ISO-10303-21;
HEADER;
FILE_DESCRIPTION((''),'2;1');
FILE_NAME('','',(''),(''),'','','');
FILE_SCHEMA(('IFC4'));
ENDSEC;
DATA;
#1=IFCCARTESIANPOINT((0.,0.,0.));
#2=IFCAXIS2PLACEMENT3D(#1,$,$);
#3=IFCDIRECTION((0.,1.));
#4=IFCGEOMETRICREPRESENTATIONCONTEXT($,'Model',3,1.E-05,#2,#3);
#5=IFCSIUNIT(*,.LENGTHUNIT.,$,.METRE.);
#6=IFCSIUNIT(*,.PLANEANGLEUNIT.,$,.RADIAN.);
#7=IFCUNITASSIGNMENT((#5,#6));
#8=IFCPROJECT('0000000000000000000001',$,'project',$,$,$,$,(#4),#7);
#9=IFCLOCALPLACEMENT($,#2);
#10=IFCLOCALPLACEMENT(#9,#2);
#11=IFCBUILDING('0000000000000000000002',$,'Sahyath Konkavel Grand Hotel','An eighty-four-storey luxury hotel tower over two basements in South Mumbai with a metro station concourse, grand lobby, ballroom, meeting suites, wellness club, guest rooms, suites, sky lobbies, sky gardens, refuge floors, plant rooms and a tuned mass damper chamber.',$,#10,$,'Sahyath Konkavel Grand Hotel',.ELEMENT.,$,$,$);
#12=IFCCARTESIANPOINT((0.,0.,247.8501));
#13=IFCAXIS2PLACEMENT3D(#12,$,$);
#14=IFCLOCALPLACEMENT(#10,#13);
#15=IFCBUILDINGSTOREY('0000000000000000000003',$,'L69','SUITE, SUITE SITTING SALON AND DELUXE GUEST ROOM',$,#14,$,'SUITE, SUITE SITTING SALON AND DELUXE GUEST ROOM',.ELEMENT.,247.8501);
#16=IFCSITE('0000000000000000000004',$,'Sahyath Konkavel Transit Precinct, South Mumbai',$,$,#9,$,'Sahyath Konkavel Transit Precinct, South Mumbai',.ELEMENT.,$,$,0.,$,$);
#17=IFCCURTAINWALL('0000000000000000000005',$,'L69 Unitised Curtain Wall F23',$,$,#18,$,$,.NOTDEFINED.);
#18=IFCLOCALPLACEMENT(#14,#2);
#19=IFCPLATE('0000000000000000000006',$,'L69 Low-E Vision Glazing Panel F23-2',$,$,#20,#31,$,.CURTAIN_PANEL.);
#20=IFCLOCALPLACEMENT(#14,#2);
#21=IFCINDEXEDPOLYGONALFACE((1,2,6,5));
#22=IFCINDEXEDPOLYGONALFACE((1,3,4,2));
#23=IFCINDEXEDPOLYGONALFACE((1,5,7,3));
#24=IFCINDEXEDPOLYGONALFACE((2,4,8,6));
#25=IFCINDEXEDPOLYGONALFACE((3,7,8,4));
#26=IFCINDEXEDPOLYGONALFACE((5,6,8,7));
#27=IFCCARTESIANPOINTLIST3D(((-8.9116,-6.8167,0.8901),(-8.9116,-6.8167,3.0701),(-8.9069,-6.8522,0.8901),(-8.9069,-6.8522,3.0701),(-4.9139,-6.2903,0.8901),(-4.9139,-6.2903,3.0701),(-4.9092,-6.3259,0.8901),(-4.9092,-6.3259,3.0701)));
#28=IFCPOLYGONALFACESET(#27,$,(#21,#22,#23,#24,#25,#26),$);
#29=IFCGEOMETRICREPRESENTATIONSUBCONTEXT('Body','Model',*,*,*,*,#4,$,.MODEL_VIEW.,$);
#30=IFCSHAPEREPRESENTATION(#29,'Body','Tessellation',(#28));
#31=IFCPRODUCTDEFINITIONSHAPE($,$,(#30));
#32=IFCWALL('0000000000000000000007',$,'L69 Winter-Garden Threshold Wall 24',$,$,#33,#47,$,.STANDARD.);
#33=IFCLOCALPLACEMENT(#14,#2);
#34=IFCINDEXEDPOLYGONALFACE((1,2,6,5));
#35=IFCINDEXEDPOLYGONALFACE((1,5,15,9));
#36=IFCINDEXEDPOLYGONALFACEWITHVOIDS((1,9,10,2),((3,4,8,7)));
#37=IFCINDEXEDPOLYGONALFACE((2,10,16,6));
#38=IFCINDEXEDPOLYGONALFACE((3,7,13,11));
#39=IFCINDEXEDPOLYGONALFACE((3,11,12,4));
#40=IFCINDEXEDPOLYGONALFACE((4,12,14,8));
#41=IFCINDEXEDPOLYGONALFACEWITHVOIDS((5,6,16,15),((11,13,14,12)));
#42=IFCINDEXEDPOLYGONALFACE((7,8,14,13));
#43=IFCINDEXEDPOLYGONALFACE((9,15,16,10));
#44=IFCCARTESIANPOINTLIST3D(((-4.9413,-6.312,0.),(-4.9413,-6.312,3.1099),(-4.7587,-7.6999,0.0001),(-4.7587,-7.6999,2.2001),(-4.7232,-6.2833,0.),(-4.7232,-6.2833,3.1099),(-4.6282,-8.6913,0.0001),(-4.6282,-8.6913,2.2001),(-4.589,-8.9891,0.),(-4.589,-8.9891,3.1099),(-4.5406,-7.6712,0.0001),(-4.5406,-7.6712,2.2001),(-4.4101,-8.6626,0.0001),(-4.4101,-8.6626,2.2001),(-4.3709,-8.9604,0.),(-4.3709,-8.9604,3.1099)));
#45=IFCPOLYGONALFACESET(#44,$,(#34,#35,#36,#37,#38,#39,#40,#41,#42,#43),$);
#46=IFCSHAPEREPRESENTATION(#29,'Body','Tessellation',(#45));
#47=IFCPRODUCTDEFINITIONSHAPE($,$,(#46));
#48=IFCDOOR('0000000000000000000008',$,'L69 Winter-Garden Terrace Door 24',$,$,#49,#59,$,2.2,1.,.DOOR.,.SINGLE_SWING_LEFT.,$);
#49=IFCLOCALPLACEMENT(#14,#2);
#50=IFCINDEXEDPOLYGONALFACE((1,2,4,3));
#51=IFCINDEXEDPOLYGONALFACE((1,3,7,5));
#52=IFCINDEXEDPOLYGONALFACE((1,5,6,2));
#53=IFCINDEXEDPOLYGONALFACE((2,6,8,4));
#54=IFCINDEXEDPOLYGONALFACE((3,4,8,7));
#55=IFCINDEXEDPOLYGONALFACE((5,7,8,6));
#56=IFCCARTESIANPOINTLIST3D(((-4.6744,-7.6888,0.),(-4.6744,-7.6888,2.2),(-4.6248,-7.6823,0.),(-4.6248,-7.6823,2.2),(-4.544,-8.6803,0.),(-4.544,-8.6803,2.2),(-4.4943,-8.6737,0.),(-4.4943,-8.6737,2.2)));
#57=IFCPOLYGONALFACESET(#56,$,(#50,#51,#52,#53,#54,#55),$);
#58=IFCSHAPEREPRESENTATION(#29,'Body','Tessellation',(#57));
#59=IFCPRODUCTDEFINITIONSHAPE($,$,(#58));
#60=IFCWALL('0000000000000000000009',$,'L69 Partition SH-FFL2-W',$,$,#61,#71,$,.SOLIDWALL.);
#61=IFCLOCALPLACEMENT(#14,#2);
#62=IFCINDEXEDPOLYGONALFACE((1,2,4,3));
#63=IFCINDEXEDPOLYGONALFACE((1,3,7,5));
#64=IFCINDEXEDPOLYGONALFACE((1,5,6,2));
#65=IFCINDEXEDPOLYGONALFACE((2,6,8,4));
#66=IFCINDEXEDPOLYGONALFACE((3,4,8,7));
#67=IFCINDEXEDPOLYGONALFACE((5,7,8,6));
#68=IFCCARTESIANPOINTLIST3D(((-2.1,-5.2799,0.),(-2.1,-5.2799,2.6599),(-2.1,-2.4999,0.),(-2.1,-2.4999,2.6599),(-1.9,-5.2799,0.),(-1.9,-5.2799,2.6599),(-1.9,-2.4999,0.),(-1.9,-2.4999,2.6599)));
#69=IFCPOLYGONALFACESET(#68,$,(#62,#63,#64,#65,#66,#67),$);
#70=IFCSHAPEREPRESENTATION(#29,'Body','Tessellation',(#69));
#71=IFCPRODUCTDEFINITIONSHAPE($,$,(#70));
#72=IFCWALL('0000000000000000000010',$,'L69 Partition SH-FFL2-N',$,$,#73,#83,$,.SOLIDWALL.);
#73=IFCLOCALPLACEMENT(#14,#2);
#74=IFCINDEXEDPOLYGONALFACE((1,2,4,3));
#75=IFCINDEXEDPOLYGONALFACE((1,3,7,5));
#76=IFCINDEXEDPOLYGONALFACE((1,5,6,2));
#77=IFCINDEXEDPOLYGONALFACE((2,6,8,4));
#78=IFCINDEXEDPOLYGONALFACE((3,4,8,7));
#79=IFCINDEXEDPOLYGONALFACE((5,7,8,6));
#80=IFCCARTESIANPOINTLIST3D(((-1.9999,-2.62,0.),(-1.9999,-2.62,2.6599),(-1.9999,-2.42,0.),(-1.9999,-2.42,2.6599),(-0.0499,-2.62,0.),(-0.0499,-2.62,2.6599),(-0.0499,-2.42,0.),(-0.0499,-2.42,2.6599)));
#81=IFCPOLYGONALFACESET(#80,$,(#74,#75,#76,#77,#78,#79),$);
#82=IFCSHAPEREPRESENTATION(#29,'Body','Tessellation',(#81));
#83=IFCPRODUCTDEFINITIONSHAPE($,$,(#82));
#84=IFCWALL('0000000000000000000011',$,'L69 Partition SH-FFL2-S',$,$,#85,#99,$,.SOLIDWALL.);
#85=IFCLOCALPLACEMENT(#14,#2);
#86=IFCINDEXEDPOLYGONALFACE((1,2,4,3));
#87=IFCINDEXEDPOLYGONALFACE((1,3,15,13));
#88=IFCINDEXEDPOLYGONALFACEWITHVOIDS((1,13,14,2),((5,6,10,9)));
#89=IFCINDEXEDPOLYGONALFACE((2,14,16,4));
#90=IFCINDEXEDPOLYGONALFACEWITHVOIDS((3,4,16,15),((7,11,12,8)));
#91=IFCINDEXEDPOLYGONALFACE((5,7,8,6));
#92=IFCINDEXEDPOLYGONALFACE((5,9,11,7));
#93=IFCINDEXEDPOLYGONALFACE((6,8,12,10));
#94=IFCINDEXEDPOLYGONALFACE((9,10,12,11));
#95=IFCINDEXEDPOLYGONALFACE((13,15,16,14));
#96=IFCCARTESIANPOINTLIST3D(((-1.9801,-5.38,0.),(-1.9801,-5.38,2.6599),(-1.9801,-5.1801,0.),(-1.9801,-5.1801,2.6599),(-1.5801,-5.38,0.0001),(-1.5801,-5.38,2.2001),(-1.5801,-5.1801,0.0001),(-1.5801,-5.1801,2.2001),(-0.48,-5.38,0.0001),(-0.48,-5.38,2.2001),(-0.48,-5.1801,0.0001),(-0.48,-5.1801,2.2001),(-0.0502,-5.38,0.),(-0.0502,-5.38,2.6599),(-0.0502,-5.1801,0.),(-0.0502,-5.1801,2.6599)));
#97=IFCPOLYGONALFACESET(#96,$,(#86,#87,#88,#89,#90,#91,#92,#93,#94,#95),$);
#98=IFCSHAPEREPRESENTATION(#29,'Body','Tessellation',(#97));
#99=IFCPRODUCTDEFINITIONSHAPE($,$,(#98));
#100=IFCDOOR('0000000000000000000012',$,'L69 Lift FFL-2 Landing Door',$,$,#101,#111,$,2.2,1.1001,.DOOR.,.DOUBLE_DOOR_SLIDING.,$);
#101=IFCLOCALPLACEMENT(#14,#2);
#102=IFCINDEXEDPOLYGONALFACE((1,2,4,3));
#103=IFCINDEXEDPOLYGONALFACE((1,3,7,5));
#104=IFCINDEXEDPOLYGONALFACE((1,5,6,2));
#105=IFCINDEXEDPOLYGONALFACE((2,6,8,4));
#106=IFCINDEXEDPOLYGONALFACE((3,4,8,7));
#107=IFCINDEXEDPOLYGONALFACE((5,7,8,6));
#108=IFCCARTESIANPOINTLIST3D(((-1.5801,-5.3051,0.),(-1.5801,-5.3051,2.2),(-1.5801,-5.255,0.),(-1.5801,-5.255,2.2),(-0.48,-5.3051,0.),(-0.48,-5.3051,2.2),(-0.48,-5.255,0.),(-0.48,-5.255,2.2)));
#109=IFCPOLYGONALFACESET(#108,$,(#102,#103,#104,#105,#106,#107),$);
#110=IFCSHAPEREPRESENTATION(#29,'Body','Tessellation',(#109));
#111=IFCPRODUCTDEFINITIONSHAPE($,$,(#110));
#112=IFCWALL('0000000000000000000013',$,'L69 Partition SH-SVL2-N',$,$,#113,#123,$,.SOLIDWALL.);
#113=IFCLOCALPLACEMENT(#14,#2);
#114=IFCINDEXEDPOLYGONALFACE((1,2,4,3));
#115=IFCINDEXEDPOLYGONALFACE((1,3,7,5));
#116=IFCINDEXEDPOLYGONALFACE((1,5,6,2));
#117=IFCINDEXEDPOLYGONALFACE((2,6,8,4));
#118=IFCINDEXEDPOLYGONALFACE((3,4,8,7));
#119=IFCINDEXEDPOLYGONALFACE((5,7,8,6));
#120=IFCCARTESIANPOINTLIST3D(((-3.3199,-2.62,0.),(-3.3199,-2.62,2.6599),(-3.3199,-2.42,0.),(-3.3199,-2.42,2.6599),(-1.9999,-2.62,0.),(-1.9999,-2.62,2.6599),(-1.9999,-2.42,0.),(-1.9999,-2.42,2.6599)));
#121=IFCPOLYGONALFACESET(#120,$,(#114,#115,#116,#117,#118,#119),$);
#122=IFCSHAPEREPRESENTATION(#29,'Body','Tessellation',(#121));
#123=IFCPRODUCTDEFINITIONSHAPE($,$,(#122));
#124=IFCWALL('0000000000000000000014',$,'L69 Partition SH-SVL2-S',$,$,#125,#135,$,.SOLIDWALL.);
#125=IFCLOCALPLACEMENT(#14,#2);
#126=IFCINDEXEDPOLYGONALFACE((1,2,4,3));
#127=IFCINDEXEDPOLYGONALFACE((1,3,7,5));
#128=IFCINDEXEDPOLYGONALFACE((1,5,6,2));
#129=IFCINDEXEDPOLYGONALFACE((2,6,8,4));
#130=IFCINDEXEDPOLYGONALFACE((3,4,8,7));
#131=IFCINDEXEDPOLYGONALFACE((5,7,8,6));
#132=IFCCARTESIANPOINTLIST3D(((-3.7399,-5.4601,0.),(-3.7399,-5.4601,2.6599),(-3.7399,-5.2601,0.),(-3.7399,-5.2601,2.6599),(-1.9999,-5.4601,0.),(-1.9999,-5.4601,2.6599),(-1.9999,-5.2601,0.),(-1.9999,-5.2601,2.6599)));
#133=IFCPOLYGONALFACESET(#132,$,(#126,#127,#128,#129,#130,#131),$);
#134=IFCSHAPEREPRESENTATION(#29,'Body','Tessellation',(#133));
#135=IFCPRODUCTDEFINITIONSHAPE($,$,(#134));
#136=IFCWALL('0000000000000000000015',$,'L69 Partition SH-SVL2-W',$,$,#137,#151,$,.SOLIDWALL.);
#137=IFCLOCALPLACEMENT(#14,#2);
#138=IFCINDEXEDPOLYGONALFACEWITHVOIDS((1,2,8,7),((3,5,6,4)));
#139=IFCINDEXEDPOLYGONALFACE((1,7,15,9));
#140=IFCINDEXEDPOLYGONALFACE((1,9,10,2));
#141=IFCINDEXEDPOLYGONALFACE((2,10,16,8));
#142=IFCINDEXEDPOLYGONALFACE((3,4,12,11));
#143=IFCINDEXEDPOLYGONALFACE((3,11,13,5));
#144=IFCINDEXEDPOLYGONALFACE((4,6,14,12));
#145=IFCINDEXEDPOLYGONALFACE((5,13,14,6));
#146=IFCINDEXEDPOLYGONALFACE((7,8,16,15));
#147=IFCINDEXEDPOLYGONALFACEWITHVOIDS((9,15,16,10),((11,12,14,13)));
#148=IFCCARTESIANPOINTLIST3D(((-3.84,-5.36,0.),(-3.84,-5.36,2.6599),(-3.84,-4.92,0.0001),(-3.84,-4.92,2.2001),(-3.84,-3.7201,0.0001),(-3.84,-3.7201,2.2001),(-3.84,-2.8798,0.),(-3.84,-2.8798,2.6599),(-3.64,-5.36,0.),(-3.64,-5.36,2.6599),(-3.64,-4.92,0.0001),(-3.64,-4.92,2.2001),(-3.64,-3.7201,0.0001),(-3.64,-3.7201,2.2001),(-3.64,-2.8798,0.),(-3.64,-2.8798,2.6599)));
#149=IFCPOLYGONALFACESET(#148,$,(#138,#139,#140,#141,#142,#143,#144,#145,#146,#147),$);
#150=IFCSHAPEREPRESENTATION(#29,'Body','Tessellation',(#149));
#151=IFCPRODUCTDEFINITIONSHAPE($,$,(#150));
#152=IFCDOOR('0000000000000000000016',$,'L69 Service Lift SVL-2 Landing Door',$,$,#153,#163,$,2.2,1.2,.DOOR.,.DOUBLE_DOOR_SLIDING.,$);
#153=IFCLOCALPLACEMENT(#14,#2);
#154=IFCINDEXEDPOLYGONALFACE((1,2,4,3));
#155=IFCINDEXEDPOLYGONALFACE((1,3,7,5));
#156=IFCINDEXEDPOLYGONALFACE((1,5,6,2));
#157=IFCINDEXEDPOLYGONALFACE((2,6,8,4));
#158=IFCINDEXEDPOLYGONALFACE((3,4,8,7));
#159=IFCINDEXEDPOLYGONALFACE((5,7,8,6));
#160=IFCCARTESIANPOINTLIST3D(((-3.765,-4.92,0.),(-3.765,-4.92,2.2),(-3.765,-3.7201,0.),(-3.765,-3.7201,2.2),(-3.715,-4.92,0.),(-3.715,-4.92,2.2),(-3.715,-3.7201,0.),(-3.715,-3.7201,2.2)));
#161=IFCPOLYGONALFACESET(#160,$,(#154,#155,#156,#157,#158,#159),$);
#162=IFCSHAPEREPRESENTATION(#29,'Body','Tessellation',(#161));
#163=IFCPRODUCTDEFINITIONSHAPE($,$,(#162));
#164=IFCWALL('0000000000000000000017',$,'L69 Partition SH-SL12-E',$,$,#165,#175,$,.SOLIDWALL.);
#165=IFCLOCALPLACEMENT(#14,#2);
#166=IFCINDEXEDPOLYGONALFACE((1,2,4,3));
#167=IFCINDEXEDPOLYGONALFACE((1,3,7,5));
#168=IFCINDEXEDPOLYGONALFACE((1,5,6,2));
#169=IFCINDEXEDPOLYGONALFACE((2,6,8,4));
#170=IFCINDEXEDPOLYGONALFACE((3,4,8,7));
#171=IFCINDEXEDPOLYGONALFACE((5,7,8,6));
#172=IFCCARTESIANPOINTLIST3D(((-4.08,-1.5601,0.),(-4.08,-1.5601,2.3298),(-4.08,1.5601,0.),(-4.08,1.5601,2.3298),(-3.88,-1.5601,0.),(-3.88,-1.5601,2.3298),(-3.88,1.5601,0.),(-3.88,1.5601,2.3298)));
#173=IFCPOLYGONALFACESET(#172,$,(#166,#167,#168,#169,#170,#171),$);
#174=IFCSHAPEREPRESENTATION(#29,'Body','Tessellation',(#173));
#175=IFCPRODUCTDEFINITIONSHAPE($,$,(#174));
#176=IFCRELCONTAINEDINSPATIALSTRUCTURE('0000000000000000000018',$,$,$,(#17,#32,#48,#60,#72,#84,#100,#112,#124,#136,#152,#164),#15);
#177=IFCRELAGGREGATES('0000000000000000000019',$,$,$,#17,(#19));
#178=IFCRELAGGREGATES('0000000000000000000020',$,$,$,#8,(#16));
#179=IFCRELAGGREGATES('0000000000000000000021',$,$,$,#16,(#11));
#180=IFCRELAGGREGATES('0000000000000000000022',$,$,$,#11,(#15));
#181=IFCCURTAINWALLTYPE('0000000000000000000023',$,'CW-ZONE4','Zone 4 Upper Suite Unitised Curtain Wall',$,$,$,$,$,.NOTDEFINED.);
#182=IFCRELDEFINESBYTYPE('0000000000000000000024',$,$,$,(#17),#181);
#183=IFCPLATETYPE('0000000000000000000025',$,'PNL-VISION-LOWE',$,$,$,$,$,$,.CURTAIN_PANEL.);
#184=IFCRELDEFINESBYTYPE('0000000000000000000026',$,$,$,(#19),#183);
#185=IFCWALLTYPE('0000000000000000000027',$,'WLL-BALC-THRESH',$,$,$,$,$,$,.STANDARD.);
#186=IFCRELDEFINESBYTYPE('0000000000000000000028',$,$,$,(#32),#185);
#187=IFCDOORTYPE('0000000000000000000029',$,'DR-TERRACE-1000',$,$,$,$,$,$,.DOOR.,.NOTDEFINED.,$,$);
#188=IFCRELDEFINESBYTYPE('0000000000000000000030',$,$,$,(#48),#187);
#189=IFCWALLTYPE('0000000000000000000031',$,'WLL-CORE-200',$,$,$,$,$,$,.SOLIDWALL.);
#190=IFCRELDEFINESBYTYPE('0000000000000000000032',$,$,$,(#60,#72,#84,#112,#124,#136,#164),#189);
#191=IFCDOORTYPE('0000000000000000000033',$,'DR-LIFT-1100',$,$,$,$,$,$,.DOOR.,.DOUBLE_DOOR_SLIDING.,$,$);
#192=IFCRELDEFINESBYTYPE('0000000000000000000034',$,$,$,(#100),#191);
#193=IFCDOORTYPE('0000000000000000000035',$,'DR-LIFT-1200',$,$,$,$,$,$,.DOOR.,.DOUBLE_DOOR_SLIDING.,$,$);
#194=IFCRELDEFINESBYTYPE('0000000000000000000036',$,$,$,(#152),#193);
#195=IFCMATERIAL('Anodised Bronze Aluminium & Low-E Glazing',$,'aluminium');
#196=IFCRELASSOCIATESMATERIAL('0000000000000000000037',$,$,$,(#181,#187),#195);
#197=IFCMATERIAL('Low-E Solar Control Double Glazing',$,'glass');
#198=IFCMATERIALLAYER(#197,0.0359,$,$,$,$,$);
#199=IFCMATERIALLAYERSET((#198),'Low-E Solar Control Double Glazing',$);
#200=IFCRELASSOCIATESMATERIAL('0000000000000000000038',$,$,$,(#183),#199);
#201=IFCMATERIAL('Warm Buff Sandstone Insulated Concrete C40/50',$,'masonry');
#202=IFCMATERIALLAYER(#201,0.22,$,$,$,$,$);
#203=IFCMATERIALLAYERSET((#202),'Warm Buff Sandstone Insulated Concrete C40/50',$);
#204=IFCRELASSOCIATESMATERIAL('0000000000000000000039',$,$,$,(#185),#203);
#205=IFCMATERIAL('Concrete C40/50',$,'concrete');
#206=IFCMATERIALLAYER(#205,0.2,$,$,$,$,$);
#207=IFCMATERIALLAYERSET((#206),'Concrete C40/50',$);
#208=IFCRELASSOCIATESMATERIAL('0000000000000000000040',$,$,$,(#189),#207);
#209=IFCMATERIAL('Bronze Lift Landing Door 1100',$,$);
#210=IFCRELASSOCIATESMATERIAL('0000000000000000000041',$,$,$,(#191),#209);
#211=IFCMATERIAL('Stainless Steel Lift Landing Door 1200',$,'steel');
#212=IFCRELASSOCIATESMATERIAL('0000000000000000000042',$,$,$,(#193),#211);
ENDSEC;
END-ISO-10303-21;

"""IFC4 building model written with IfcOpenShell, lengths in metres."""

from ifc_helpers import new_model, si_unit, direction, frame, frame_2d, origin, origin_2d, place, context, subcontext, project, spatial, rectangle, extrude, source, transform, mapped, material, layer, layer_set, type_object, element, fill, aggregate, save


model = new_model("IFC4")

# Units and contexts
model_context = context("Model", 3, precision=1e-05, world=origin(), true_north=direction((0.0, 1.0)))
body_context = subcontext(model_context, "Body", "Model", "MODEL_VIEW")
ifc_project = project(units=[si_unit("LENGTHUNIT", "METRE"), si_unit("PLANEANGLEUNIT", "RADIAN")], contexts=[model_context])

# Site, building, storey
site_placement = place(None, origin())
site = spatial("IfcSite", under=ifc_project, at=site_placement, Name="Sahyath Konkavel Transit Precinct, South Mumbai", LongName="Sahyath Konkavel Transit Precinct, South Mumbai", CompositionType="ELEMENT", RefElevation=0.0)
building_placement = place(site_placement, origin())
building = spatial("IfcBuilding", under=site, at=building_placement, Name="Sahyath Konkavel Grand Hotel", Description="An eighty-four-storey luxury hotel tower over two basements in South Mumbai with a metro station concourse, grand lobby, ballroom, meeting suites, wellness club, guest rooms, suites, sky lobbies, sky gardens, refuge floors, plant rooms and a tuned mass damper chamber.", LongName="Sahyath Konkavel Grand Hotel", CompositionType="ELEMENT")
storey_placement = place(building_placement, frame((0.0, 0.0, 247.8501)))
storey = spatial("IfcBuildingStorey", under=building, at=storey_placement, Name="L69", Description="SUITE, SUITE SITTING SALON AND DELUXE GUEST ROOM", LongName="SUITE, SUITE SITTING SALON AND DELUXE GUEST ROOM", CompositionType="ELEMENT", Elevation=247.8501)

# Shared definitions
ifc_material_1 = material(Name="Concrete C40/50", Category="concrete")

# Curtain wall
ifc_material_2 = material(Name="Anodised Bronze Aluminium & Low-E Glazing", Category="aluminium")
curtain_wall_type = type_object("IfcCurtainWallType", Name="CW-ZONE4", Description="Zone 4 Upper Suite Unitised Curtain Wall", PredefinedType="NOTDEFINED", material=ifc_material_2)
curtain_wall_placement = place(storey_placement, origin())
curtain_wall = element("IfcCurtainWall", 1, at=curtain_wall_placement, inside=storey, type_object=curtain_wall_type, Name="L69 Unitised Curtain Wall F23", PredefinedType="NOTDEFINED")

# Plate
ifc_material_3 = material(Name="Low-E Solar Control Double Glazing", Category="glass")
ifc_layer_1 = layer(ifc_material_3, 0.0359)
ifc_layer_set_1 = layer_set([ifc_layer_1], Name="Low-E Solar Control Double Glazing")
plate_type = type_object("IfcPlateType", Name="PNL-VISION-LOWE", PredefinedType="CURTAIN_PANEL", material=ifc_layer_set_1)
shared_shape_1 = source(origin(), body_context, "Body", "SweptSolid", [
    extrude(rectangle(XDim=4.0322, YDim=0.0359, at=origin_2d()), origin(), (0.0, 0.0, 1.0), 2.1799),
])
plate_placement = place(storey_placement, frame((-6.9104, -6.5713, 0.8901), z_axis=(0.0, 0.0, 1.0), x_axis=(0.991445, 0.130526, 0.0)))
plate = element("IfcPlate", 2, at=plate_placement, type_object=plate_type, Name="L69 Low-E Vision Glazing Panel F23-2", PredefinedType="CURTAIN_PANEL", context=body_context, shape_type="MappedRepresentation", body=[
    mapped(shared_shape_1, transform((0.0, 0.0, 0.0), scale=1.0)),
])
aggregate(curtain_wall, [plate])

# Wall, opening, door
ifc_material_4 = material(Name="Warm Buff Sandstone Insulated Concrete C40/50", Category="masonry")
ifc_layer_2 = layer(ifc_material_4, 0.22)
ifc_layer_set_2 = layer_set([ifc_layer_2], Name="Warm Buff Sandstone Insulated Concrete C40/50")
wall_type_1 = type_object("IfcWallType", Name="WLL-BALC-THRESH", PredefinedType="STANDARD", material=ifc_layer_set_2)
wall_1_placement = place(storey_placement, frame((-4.8323, -6.2976, 0.0), z_axis=(0.0, 0.0, 1.0), x_axis=(0.130476, -0.991452, 0.0)))
wall_1 = element("IfcWall", 3, at=wall_1_placement, inside=storey, type_object=wall_type_1, Name="L69 Winter-Garden Threshold Wall 24", PredefinedType="STANDARD", context=body_context, shape_type="SweptSolid", body=[
    extrude(rectangle(XDim=2.7002, YDim=0.22, at=frame_2d((1.3501, 0.0))), origin(), (0.0, 0.0, 1.0), 3.1099),
])
opening_1_placement = place(wall_1_placement, frame((1.3999, 0.0, 0.0)))
opening_1 = element("IfcOpeningElement", 4, at=opening_1_placement, cuts=wall_1, PredefinedType="OPENING", context=body_context, shape_type="SweptSolid", body=[
    extrude(rectangle(XDim=1.0, YDim=2.2, at=frame_2d((0.5, 1.1001))), frame((0.0, 0.1201, 0.0), z_axis=(0.0, -1.0, 0.0), x_axis=(1.0, 0.0, 0.0)), (0.0, 0.0, 1.0), 0.24),
])
door_type_1 = type_object("IfcDoorType", Name="DR-TERRACE-1000", OperationType="NOTDEFINED", PredefinedType="DOOR", material=ifc_material_2)
shared_shape_2 = source(origin(), body_context, "Body", "SweptSolid", [
    extrude(rectangle(XDim=1.0, YDim=0.05, at=origin_2d()), origin(), (0.0, 0.0, 1.0), 2.2),
])
door_1_placement = place(opening_1_placement, frame((0.5, 0.0, 0.0)))
door_1 = element("IfcDoor", 5, at=door_1_placement, inside=storey, type_object=door_type_1, Name="L69 Winter-Garden Terrace Door 24", OperationType="SINGLE_SWING_LEFT", OverallHeight=2.2, OverallWidth=1.0, PredefinedType="DOOR", context=body_context, shape_type="MappedRepresentation", body=[
    mapped(shared_shape_2, transform((0.0, 0.0, 0.0), scale=1.0)),
])
fill(opening_1, door_1)

# Walls
ifc_layer_3 = layer(ifc_material_1, 0.2)
ifc_layer_set_3 = layer_set([ifc_layer_3], Name="Concrete C40/50")
wall_type_2 = type_object("IfcWallType", Name="WLL-CORE-200", PredefinedType="SOLIDWALL", material=ifc_layer_set_3)
wall_2_placement = place(storey_placement, frame((-2.0, -5.28, 0.0), z_axis=(0.0, 0.0, 1.0), x_axis=(0.0, 1.0, 0.0)))
element("IfcWall", 6, at=wall_2_placement, inside=storey, type_object=wall_type_2, Name="L69 Partition SH-FFL2-W", PredefinedType="SOLIDWALL", context=body_context, shape_type="SweptSolid", body=[
    extrude(rectangle(XDim=2.78, YDim=0.2, at=frame_2d((1.3901, 0.0))), origin(), (0.0, 0.0, 1.0), 2.6599),
])
wall_3_placement = place(storey_placement, frame((-2.0, -2.52, 0.0), z_axis=(0.0, 0.0, 1.0), x_axis=(1.0, 0.0, 0.0)))
element("IfcWall", 7, at=wall_3_placement, inside=storey, type_object=wall_type_2, Name="L69 Partition SH-FFL2-N", PredefinedType="SOLIDWALL", context=body_context, shape_type="SweptSolid", body=[
    extrude(rectangle(XDim=1.95, YDim=0.2, at=frame_2d((0.9751, 0.0))), origin(), (0.0, 0.0, 1.0), 2.6599),
])

# Wall, opening, door
wall_4_placement = place(storey_placement, frame((-1.98, -5.28, 0.0), z_axis=(0.0, 0.0, 1.0), x_axis=(1.0, 0.0, 0.0)))
wall_4 = element("IfcWall", 8, at=wall_4_placement, inside=storey, type_object=wall_type_2, Name="L69 Partition SH-FFL2-S", PredefinedType="SOLIDWALL", context=body_context, shape_type="SweptSolid", body=[
    extrude(rectangle(XDim=1.9299, YDim=0.2, at=frame_2d((0.9648, 0.0))), origin(), (0.0, 0.0, 1.0), 2.6599),
])
opening_2_placement = place(wall_4_placement, frame((0.3999, 0.0, 0.0)))
opening_2 = element("IfcOpeningElement", 9, at=opening_2_placement, cuts=wall_4, PredefinedType="OPENING", context=body_context, shape_type="SweptSolid", body=[
    extrude(rectangle(XDim=1.1001, YDim=2.2, at=frame_2d((0.55, 1.1001))), frame((0.0, 0.1099, 0.0), z_axis=(0.0, -1.0, 0.0), x_axis=(1.0, 0.0, 0.0)), (0.0, 0.0, 1.0), 0.22),
])
ifc_material_5 = material(Name="Bronze Lift Landing Door 1100")
door_type_2 = type_object("IfcDoorType", Name="DR-LIFT-1100", OperationType="DOUBLE_DOOR_SLIDING", PredefinedType="DOOR", material=ifc_material_5)
shared_shape_3 = source(origin(), body_context, "Body", "SweptSolid", [
    extrude(rectangle(XDim=1.1001, YDim=0.05, at=origin_2d()), origin(), (0.0, 0.0, 1.0), 2.2),
])
door_2_placement = place(opening_2_placement, frame((0.55, 0.0, 0.0)))
door_2 = element("IfcDoor", 10, at=door_2_placement, inside=storey, type_object=door_type_2, Name="L69 Lift FFL-2 Landing Door", OperationType="DOUBLE_DOOR_SLIDING", OverallHeight=2.2, OverallWidth=1.1001, PredefinedType="DOOR", context=body_context, shape_type="MappedRepresentation", body=[
    mapped(shared_shape_3, transform((0.0, 0.0, 0.0), scale=1.0)),
])
fill(opening_2, door_2)

# Walls
wall_5_placement = place(storey_placement, frame((-3.3201, -2.52, 0.0), z_axis=(0.0, 0.0, 1.0), x_axis=(1.0, 0.0, 0.0)))
element("IfcWall", 11, at=wall_5_placement, inside=storey, type_object=wall_type_2, Name="L69 Partition SH-SVL2-N", PredefinedType="SOLIDWALL", context=body_context, shape_type="SweptSolid", body=[
    extrude(rectangle(XDim=1.3201, YDim=0.2, at=frame_2d((0.6602, 0.0))), origin(), (0.0, 0.0, 1.0), 2.6599),
])
wall_6_placement = place(storey_placement, frame((-3.74, -5.3601, 0.0), z_axis=(0.0, 0.0, 1.0), x_axis=(1.0, 0.0, 0.0)))
element("IfcWall", 12, at=wall_6_placement, inside=storey, type_object=wall_type_2, Name="L69 Partition SH-SVL2-S", PredefinedType="SOLIDWALL", context=body_context, shape_type="SweptSolid", body=[
    extrude(rectangle(XDim=1.74, YDim=0.2, at=frame_2d((0.8701, 0.0))), origin(), (0.0, 0.0, 1.0), 2.6599),
])

# Wall, opening, door
wall_7_placement = place(storey_placement, frame((-3.74, -5.3601, 0.0), z_axis=(0.0, 0.0, 1.0), x_axis=(0.0, 1.0, 0.0)))
wall_7 = element("IfcWall", 13, at=wall_7_placement, inside=storey, type_object=wall_type_2, Name="L69 Partition SH-SVL2-W", PredefinedType="SOLIDWALL", context=body_context, shape_type="SweptSolid", body=[
    extrude(rectangle(XDim=2.4802, YDim=0.2, at=frame_2d((1.2402, 0.0))), origin(), (0.0, 0.0, 1.0), 2.6599),
])
opening_3_placement = place(wall_7_placement, frame((0.4399, 0.0, 0.0)))
opening_3 = element("IfcOpeningElement", 14, at=opening_3_placement, cuts=wall_7, PredefinedType="OPENING", context=body_context, shape_type="SweptSolid", body=[
    extrude(rectangle(XDim=1.2, YDim=2.2, at=frame_2d((0.6001, 1.1001))), frame((0.0, 0.1099, 0.0), z_axis=(0.0, -1.0, 0.0), x_axis=(1.0, 0.0, 0.0)), (0.0, 0.0, 1.0), 0.22),
])
ifc_material_6 = material(Name="Stainless Steel Lift Landing Door 1200", Category="steel")
door_type_3 = type_object("IfcDoorType", Name="DR-LIFT-1200", OperationType="DOUBLE_DOOR_SLIDING", PredefinedType="DOOR", material=ifc_material_6)
shared_shape_4 = source(origin(), body_context, "Body", "SweptSolid", [
    extrude(rectangle(XDim=1.2, YDim=0.05, at=origin_2d()), origin(), (0.0, 0.0, 1.0), 2.2),
])
door_3_placement = place(opening_3_placement, frame((0.6001, 0.0, 0.0)))
door_3 = element("IfcDoor", 15, at=door_3_placement, inside=storey, type_object=door_type_3, Name="L69 Service Lift SVL-2 Landing Door", OperationType="DOUBLE_DOOR_SLIDING", OverallHeight=2.2, OverallWidth=1.2, PredefinedType="DOOR", context=body_context, shape_type="MappedRepresentation", body=[
    mapped(shared_shape_4, transform((0.0, 0.0, 0.0), scale=1.0)),
])
fill(opening_3, door_3)

# Wall
wall_8_placement = place(storey_placement, frame((-3.98, -1.5601, 0.0), z_axis=(0.0, 0.0, 1.0), x_axis=(0.0, 1.0, 0.0)))
element("IfcWall", 16, at=wall_8_placement, inside=storey, type_object=wall_type_2, Name="L69 Partition SH-SL12-E", PredefinedType="SOLIDWALL", context=body_context, shape_type="SweptSolid", body=[
    extrude(rectangle(XDim=3.1201, YDim=0.2, at=frame_2d((1.5601, 0.0))), origin(), (0.0, 0.0, 1.0), 2.3298),
])

save(model, "model.ifc")
